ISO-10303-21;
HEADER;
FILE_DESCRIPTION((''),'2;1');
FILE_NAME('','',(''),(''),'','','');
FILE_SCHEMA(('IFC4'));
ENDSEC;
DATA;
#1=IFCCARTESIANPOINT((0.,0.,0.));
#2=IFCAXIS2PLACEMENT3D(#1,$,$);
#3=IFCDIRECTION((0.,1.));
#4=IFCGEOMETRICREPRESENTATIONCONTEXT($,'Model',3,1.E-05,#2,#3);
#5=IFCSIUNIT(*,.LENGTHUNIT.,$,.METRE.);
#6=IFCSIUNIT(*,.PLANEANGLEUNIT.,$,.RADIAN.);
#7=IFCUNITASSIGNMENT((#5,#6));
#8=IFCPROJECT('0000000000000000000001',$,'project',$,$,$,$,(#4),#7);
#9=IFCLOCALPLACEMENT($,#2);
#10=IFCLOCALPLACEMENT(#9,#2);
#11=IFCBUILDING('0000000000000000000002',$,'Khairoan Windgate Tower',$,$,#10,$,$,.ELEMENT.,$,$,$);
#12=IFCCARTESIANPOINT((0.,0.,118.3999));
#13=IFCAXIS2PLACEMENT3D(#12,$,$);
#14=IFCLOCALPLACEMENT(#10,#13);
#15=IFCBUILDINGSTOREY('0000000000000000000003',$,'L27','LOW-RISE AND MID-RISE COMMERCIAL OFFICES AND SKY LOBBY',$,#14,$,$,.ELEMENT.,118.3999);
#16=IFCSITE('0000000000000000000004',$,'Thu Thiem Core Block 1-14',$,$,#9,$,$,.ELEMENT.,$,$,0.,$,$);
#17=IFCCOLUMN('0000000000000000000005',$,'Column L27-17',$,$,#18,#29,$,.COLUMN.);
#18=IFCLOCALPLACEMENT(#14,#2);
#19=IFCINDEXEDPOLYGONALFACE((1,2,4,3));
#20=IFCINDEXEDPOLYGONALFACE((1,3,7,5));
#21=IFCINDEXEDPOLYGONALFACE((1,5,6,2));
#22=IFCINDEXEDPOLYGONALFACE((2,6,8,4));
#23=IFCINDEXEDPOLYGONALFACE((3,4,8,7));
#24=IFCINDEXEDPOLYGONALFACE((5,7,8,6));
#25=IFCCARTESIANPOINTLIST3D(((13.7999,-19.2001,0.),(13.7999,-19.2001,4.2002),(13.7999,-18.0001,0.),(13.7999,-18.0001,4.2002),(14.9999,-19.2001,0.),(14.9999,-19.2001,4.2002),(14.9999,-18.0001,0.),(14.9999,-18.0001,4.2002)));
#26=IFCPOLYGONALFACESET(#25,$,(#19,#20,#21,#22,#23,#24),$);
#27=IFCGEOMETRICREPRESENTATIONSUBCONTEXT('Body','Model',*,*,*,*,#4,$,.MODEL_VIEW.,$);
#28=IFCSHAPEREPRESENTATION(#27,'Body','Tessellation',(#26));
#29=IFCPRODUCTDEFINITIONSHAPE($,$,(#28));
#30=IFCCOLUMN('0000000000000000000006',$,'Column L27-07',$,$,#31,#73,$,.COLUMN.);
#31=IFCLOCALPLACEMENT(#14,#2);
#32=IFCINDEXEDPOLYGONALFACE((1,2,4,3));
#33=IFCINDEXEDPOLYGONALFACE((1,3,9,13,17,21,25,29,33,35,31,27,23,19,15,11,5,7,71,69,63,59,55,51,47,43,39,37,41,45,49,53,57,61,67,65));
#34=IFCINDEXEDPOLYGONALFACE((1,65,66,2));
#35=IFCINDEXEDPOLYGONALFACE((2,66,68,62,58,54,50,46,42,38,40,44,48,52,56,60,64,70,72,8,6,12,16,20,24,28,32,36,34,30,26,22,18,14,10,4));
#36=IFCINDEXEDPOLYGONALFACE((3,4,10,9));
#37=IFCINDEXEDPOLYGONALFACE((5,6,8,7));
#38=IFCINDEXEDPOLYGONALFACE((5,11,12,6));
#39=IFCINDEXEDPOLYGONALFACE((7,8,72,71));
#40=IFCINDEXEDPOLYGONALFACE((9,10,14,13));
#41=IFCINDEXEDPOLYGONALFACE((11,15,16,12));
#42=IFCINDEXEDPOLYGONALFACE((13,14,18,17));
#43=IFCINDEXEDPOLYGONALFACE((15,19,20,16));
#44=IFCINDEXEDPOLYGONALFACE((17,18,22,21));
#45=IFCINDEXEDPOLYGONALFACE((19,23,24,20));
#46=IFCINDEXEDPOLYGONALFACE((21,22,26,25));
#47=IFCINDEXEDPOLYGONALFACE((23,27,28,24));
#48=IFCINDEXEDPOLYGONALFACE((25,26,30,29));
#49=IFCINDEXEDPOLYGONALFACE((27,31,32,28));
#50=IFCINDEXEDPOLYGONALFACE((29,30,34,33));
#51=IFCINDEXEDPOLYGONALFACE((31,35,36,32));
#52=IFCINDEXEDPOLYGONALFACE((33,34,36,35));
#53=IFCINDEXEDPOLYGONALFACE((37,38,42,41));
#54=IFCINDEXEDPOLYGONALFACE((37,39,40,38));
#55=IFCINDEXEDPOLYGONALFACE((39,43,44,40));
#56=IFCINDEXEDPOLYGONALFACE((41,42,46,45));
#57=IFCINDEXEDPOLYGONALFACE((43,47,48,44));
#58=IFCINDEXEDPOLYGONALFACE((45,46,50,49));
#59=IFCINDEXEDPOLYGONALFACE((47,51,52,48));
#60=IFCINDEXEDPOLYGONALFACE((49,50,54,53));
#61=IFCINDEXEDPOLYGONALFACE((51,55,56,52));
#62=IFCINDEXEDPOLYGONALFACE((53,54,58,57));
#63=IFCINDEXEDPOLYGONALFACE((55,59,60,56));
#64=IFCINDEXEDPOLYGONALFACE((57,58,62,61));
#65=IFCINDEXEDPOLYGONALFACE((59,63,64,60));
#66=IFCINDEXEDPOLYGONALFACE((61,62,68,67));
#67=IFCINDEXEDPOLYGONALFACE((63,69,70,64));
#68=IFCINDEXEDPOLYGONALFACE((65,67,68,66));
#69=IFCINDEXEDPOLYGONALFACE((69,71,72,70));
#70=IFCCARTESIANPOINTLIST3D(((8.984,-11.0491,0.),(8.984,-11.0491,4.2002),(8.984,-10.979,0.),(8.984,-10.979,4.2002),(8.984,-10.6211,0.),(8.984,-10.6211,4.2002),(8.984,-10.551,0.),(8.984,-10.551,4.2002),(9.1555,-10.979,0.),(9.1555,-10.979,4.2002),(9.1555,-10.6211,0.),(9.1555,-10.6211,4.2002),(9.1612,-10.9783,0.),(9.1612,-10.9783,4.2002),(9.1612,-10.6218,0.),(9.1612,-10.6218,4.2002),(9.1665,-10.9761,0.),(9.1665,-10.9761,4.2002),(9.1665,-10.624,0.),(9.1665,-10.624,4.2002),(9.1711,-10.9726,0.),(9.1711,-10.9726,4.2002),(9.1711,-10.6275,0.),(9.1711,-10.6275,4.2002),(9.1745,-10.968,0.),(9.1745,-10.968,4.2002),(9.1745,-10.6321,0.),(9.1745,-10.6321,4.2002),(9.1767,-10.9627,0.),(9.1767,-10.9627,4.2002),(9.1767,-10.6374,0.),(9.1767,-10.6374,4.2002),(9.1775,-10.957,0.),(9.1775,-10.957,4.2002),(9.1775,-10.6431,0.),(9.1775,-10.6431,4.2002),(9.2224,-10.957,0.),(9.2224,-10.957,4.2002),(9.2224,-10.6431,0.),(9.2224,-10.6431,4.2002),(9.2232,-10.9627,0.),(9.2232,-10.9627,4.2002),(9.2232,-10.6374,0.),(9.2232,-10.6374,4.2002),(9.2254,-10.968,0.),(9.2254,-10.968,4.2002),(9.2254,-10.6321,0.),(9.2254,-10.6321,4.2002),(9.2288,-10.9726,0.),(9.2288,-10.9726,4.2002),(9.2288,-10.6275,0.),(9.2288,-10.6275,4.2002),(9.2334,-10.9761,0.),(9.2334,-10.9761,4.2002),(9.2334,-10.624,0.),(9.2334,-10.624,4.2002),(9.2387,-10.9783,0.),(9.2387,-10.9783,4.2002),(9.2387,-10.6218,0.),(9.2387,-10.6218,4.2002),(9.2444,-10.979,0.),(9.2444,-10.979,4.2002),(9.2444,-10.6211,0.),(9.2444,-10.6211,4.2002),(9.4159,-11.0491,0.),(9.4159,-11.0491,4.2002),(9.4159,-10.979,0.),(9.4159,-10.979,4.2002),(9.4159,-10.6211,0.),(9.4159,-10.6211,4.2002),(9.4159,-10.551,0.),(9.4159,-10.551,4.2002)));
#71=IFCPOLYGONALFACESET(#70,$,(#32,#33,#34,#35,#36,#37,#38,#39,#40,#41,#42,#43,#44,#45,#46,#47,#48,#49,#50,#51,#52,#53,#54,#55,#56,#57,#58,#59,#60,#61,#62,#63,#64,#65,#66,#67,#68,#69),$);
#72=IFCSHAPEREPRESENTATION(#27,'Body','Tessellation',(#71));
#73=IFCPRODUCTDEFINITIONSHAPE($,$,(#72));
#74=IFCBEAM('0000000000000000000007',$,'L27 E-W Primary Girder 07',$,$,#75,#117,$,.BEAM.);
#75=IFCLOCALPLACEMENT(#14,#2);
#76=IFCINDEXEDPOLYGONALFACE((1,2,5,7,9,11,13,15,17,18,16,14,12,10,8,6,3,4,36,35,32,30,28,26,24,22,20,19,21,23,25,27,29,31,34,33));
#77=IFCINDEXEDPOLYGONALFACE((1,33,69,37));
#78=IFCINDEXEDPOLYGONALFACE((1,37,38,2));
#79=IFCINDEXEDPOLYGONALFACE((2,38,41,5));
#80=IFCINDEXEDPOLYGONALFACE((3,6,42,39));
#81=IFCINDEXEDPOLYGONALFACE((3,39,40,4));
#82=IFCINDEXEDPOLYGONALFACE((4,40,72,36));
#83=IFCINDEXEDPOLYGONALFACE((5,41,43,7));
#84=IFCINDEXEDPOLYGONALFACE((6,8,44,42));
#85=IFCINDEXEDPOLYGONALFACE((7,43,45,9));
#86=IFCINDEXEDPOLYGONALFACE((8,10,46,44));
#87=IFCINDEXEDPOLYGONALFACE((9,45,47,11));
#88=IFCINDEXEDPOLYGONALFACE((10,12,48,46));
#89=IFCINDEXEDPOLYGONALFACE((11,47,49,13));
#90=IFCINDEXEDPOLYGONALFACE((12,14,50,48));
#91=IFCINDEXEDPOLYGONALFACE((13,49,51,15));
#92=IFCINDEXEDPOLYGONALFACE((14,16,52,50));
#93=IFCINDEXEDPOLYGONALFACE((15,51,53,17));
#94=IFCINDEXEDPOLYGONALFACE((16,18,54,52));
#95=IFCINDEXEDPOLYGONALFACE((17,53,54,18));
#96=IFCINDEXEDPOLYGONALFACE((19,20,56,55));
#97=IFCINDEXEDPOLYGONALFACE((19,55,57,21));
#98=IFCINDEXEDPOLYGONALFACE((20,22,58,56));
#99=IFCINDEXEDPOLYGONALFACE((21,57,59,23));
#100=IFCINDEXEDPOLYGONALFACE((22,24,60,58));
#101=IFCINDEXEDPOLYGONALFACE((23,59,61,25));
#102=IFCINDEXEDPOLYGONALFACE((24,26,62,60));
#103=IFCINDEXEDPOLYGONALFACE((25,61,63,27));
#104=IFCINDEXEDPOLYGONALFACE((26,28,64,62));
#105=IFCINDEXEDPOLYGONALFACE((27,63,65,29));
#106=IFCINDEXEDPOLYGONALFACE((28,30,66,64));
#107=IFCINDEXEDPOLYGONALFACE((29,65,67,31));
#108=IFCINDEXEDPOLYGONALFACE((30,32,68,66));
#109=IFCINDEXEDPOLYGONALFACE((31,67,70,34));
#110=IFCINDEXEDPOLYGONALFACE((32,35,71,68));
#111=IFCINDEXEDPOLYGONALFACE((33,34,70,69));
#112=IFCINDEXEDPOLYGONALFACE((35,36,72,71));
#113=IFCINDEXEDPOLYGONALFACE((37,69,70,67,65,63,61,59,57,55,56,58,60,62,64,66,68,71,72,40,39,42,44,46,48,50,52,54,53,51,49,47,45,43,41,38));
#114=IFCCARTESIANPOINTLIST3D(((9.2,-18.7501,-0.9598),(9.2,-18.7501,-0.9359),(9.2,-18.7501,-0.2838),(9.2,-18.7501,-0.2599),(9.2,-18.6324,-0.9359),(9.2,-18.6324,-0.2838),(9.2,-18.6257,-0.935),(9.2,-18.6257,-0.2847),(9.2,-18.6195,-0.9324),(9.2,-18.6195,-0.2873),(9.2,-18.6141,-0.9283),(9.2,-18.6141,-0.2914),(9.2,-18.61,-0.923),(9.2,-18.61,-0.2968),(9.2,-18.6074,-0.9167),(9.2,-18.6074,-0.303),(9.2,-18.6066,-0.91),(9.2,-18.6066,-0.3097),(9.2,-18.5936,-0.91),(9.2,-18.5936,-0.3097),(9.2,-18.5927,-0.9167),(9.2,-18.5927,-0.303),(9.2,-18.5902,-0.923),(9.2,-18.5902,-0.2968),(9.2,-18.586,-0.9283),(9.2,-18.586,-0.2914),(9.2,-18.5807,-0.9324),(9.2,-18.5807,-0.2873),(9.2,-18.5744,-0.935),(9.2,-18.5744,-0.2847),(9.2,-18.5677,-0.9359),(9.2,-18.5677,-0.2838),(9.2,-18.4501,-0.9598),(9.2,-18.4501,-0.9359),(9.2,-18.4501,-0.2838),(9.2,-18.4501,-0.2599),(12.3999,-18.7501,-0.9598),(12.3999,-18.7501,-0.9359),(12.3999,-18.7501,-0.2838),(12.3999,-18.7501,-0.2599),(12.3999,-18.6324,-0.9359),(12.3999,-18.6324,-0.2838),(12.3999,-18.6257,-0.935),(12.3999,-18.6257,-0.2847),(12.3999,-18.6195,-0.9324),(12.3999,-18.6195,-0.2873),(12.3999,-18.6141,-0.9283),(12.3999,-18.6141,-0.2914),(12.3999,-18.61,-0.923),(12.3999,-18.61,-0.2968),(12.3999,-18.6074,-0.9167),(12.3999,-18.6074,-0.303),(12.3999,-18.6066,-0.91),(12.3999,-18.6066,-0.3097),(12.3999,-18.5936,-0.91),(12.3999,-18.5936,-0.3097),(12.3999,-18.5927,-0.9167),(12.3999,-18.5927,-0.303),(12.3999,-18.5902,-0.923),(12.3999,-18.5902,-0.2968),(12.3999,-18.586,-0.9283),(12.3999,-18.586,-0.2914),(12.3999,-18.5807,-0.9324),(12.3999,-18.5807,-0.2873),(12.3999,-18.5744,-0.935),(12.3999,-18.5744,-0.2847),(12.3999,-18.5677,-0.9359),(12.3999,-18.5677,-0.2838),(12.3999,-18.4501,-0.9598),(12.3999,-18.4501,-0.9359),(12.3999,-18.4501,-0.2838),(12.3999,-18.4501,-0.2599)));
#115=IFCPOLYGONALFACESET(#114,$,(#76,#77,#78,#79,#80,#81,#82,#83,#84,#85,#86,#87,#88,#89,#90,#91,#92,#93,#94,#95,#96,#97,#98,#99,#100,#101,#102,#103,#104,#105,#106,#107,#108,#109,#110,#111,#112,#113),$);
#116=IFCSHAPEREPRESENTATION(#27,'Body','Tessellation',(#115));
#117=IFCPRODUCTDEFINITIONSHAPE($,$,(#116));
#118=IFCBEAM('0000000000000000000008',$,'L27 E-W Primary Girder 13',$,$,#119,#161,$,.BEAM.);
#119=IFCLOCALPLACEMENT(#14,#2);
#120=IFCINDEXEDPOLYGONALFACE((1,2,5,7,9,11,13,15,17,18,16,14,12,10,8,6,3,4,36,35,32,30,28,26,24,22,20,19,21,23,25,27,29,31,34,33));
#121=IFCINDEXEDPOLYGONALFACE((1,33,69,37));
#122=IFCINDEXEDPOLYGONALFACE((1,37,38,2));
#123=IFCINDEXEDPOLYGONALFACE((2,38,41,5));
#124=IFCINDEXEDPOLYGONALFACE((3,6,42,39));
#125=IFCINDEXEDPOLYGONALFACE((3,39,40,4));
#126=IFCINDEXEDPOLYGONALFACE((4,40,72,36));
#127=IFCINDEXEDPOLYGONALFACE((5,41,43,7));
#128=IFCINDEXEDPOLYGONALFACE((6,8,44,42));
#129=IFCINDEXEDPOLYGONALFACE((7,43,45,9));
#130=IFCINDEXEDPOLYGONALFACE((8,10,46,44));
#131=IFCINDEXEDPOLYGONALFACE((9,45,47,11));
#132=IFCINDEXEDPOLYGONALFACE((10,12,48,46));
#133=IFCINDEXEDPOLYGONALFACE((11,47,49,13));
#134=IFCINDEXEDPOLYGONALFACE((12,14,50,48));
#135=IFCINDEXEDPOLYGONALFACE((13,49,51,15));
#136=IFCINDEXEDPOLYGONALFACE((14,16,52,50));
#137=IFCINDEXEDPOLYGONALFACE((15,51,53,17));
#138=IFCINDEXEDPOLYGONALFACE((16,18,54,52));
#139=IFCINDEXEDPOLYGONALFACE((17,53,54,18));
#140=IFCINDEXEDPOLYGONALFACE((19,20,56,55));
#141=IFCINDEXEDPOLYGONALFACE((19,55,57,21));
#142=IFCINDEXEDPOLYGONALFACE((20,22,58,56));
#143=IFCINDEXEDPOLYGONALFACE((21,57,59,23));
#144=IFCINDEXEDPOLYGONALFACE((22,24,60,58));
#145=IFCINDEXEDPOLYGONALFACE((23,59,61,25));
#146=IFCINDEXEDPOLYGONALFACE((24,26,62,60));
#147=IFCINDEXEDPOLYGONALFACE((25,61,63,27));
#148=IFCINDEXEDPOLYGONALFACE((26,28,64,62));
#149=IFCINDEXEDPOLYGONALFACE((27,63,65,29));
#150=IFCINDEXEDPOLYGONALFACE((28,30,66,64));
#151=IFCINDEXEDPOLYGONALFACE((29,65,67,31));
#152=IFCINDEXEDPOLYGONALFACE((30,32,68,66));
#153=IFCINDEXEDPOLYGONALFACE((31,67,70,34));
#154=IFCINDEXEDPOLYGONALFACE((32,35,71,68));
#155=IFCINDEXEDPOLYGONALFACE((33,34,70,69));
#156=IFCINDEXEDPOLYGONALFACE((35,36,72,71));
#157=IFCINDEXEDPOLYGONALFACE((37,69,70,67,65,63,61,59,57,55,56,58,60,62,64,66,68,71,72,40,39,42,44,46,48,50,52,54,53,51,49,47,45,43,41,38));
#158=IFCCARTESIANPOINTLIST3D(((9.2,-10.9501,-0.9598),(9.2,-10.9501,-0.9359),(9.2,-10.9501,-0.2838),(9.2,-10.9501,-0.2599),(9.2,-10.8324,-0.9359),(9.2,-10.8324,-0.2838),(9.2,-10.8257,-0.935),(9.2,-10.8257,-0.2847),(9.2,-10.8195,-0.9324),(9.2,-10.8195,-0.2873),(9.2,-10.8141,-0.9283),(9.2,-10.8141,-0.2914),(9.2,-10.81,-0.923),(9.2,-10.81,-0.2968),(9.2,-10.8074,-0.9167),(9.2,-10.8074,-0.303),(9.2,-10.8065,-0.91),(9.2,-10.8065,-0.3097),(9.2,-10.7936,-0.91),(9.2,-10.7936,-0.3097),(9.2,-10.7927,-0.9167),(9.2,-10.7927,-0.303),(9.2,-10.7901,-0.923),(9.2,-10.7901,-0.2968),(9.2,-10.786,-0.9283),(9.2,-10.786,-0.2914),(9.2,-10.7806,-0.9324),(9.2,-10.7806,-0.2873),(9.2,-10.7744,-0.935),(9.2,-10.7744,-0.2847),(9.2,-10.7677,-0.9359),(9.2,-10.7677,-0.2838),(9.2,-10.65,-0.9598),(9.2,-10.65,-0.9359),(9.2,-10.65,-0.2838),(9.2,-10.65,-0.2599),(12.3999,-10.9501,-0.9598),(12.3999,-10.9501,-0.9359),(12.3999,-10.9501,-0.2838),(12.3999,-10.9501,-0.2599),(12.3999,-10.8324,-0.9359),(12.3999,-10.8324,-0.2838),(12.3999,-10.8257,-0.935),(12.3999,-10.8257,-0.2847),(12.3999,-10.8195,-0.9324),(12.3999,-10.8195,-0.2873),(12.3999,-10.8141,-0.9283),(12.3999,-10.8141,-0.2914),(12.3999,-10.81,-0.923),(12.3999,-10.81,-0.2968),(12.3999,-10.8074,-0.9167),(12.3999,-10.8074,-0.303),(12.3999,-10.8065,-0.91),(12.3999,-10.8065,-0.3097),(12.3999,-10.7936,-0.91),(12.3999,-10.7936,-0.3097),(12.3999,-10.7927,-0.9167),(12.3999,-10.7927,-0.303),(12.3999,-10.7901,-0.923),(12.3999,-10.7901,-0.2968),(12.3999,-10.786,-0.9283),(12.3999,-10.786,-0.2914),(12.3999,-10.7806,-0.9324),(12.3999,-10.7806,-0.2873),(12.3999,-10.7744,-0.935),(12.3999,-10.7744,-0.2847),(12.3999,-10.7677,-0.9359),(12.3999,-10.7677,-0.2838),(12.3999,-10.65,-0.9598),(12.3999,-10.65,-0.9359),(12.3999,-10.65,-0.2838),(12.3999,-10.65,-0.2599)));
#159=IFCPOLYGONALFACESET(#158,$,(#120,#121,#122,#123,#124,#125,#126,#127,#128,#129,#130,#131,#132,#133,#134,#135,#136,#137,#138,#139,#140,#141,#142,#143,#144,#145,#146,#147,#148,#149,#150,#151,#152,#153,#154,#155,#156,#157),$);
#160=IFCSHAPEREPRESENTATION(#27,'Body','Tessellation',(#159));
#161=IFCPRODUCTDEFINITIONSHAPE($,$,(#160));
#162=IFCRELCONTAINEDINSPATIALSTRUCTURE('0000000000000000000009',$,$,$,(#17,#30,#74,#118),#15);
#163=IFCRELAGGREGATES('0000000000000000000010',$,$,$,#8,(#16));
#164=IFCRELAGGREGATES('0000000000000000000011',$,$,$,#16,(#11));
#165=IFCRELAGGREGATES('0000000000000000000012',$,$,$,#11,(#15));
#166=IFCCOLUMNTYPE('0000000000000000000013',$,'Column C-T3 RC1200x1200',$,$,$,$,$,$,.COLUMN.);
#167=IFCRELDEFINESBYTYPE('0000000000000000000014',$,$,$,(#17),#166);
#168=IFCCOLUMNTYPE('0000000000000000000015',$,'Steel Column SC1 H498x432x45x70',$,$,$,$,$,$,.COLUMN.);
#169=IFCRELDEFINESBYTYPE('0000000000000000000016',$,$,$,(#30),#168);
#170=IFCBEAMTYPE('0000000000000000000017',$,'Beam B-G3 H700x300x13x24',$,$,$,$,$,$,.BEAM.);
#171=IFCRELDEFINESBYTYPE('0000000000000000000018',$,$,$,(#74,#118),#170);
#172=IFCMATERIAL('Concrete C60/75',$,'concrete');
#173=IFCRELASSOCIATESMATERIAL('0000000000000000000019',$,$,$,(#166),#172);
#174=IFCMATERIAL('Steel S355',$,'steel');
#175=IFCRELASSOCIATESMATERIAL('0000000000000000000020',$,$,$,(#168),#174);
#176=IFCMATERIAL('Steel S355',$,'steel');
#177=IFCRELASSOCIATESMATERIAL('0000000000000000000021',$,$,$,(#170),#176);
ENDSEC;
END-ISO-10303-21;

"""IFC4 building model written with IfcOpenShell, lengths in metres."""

from ifc_helpers import new_model, si_unit, direction, frame, origin, origin_2d, place, context, subcontext, project, spatial, rectangle, i_section, extrude, material, material_profile, profile_set, type_object, element, save


model = new_model("IFC4")

# Units and contexts
model_context = context("Model", 3, precision=1e-05, world=origin(), true_north=direction((0.0, 1.0)))
body_context = subcontext(model_context, "Body", "Model", "MODEL_VIEW")
ifc_project = project(units=[si_unit("LENGTHUNIT", "METRE"), si_unit("PLANEANGLEUNIT", "RADIAN")], contexts=[model_context])

# Site, building, storey
site_placement = place(None, origin())
site = spatial("IfcSite", under=ifc_project, at=site_placement, Name="Thu Thiem Core Block 1-14", CompositionType="ELEMENT", RefElevation=0.0)
building_placement = place(site_placement, origin())
building = spatial("IfcBuilding", under=site, at=building_placement, Name="Khairoan Windgate Tower", CompositionType="ELEMENT")
storey_placement = place(building_placement, frame((0.0, 0.0, 118.3999)))
storey = spatial("IfcBuildingStorey", under=building, at=storey_placement, Name="L27", Description="LOW-RISE AND MID-RISE COMMERCIAL OFFICES AND SKY LOBBY", CompositionType="ELEMENT", Elevation=118.3999)

# Columns
ifc_material_1 = material(Name="Concrete C60/75", Category="concrete")
ifc_material_profile_1 = material_profile(ifc_material_1, rectangle(XDim=1.2, YDim=1.2, at=origin_2d()))
ifc_profile_set_1 = profile_set([ifc_material_profile_1], Name="Concrete C60/75")
column_type_1 = type_object("IfcColumnType", Name="Column C-T3 RC1200x1200", PredefinedType="COLUMN", material=ifc_profile_set_1)
column_1_placement = place(storey_placement, frame((14.3999, -18.6001, 0.0), z_axis=(0.0, 0.0, 1.0), x_axis=(1.0, 0.0, 0.0)))
element("IfcColumn", 1, at=column_1_placement, inside=storey, type_object=column_type_1, Name="Column L27-17", PredefinedType="COLUMN", context=body_context, shape_type="SweptSolid", body=[
    extrude(rectangle(XDim=1.2, YDim=1.2, at=origin_2d()), origin(), (0.0, 0.0, 1.0), 4.2002),
])
ifc_material_2 = material(Name="Steel S355", Category="steel")
ifc_material_profile_2 = material_profile(ifc_material_2, i_section(OverallWidth=0.4319, OverallDepth=0.498, WebThickness=0.0449, FlangeThickness=0.0701, FilletRadius=0.022, at=origin_2d()))
ifc_profile_set_2 = profile_set([ifc_material_profile_2], Name="Steel S355")
column_type_2 = type_object("IfcColumnType", Name="Steel Column SC1 H498x432x45x70", PredefinedType="COLUMN", material=ifc_profile_set_2)
column_2_placement = place(storey_placement, frame((9.2, -10.8, 0.0), z_axis=(0.0, 0.0, 1.0), x_axis=(1.0, 0.0, 0.0)))
element("IfcColumn", 2, at=column_2_placement, inside=storey, type_object=column_type_2, Name="Column L27-07", PredefinedType="COLUMN", context=body_context, shape_type="SweptSolid", body=[
    extrude(i_section(OverallWidth=0.4319, OverallDepth=0.498, WebThickness=0.0449, FlangeThickness=0.0701, FilletRadius=0.022, at=origin_2d()), origin(), (0.0, 0.0, 1.0), 4.2002),
])

# Beams
ifc_material_3 = material(Name="Steel S355", Category="steel")
ifc_material_profile_3 = material_profile(ifc_material_3, i_section(OverallWidth=0.3, OverallDepth=0.7, WebThickness=0.0129, FlangeThickness=0.0239, FilletRadius=0.0259, at=origin_2d()))
ifc_profile_set_3 = profile_set([ifc_material_profile_3], Name="Steel S355")
beam_type_1 = type_object("IfcBeamType", Name="Beam B-G3 H700x300x13x24", PredefinedType="BEAM", material=ifc_profile_set_3)
for number, where, z_axis, x_axis, name in (
    (3, (9.2, -18.6001, -0.6099), (1.0, 0.0, 0.0), (0.0, 1.0, 0.0), "L27 E-W Primary Girder 07"),
    (4, (9.2, -10.8, -0.6099), (1.0, 0.0, 0.0), (0.0, 1.0, 0.0), "L27 E-W Primary Girder 13"),
):
    element("IfcBeam", number, at=place(storey_placement, frame(where, z_axis=z_axis, x_axis=x_axis)), inside=storey, type_object=beam_type_1, Name=name, PredefinedType="BEAM", context=body_context, shape_type="SweptSolid", body=[
        extrude(i_section(OverallWidth=0.3, OverallDepth=0.7, WebThickness=0.0129, FlangeThickness=0.0239, FilletRadius=0.0259, at=origin_2d()), origin(), (0.0, 0.0, 1.0), 3.2),
    ])

save(model, "model.ifc")
